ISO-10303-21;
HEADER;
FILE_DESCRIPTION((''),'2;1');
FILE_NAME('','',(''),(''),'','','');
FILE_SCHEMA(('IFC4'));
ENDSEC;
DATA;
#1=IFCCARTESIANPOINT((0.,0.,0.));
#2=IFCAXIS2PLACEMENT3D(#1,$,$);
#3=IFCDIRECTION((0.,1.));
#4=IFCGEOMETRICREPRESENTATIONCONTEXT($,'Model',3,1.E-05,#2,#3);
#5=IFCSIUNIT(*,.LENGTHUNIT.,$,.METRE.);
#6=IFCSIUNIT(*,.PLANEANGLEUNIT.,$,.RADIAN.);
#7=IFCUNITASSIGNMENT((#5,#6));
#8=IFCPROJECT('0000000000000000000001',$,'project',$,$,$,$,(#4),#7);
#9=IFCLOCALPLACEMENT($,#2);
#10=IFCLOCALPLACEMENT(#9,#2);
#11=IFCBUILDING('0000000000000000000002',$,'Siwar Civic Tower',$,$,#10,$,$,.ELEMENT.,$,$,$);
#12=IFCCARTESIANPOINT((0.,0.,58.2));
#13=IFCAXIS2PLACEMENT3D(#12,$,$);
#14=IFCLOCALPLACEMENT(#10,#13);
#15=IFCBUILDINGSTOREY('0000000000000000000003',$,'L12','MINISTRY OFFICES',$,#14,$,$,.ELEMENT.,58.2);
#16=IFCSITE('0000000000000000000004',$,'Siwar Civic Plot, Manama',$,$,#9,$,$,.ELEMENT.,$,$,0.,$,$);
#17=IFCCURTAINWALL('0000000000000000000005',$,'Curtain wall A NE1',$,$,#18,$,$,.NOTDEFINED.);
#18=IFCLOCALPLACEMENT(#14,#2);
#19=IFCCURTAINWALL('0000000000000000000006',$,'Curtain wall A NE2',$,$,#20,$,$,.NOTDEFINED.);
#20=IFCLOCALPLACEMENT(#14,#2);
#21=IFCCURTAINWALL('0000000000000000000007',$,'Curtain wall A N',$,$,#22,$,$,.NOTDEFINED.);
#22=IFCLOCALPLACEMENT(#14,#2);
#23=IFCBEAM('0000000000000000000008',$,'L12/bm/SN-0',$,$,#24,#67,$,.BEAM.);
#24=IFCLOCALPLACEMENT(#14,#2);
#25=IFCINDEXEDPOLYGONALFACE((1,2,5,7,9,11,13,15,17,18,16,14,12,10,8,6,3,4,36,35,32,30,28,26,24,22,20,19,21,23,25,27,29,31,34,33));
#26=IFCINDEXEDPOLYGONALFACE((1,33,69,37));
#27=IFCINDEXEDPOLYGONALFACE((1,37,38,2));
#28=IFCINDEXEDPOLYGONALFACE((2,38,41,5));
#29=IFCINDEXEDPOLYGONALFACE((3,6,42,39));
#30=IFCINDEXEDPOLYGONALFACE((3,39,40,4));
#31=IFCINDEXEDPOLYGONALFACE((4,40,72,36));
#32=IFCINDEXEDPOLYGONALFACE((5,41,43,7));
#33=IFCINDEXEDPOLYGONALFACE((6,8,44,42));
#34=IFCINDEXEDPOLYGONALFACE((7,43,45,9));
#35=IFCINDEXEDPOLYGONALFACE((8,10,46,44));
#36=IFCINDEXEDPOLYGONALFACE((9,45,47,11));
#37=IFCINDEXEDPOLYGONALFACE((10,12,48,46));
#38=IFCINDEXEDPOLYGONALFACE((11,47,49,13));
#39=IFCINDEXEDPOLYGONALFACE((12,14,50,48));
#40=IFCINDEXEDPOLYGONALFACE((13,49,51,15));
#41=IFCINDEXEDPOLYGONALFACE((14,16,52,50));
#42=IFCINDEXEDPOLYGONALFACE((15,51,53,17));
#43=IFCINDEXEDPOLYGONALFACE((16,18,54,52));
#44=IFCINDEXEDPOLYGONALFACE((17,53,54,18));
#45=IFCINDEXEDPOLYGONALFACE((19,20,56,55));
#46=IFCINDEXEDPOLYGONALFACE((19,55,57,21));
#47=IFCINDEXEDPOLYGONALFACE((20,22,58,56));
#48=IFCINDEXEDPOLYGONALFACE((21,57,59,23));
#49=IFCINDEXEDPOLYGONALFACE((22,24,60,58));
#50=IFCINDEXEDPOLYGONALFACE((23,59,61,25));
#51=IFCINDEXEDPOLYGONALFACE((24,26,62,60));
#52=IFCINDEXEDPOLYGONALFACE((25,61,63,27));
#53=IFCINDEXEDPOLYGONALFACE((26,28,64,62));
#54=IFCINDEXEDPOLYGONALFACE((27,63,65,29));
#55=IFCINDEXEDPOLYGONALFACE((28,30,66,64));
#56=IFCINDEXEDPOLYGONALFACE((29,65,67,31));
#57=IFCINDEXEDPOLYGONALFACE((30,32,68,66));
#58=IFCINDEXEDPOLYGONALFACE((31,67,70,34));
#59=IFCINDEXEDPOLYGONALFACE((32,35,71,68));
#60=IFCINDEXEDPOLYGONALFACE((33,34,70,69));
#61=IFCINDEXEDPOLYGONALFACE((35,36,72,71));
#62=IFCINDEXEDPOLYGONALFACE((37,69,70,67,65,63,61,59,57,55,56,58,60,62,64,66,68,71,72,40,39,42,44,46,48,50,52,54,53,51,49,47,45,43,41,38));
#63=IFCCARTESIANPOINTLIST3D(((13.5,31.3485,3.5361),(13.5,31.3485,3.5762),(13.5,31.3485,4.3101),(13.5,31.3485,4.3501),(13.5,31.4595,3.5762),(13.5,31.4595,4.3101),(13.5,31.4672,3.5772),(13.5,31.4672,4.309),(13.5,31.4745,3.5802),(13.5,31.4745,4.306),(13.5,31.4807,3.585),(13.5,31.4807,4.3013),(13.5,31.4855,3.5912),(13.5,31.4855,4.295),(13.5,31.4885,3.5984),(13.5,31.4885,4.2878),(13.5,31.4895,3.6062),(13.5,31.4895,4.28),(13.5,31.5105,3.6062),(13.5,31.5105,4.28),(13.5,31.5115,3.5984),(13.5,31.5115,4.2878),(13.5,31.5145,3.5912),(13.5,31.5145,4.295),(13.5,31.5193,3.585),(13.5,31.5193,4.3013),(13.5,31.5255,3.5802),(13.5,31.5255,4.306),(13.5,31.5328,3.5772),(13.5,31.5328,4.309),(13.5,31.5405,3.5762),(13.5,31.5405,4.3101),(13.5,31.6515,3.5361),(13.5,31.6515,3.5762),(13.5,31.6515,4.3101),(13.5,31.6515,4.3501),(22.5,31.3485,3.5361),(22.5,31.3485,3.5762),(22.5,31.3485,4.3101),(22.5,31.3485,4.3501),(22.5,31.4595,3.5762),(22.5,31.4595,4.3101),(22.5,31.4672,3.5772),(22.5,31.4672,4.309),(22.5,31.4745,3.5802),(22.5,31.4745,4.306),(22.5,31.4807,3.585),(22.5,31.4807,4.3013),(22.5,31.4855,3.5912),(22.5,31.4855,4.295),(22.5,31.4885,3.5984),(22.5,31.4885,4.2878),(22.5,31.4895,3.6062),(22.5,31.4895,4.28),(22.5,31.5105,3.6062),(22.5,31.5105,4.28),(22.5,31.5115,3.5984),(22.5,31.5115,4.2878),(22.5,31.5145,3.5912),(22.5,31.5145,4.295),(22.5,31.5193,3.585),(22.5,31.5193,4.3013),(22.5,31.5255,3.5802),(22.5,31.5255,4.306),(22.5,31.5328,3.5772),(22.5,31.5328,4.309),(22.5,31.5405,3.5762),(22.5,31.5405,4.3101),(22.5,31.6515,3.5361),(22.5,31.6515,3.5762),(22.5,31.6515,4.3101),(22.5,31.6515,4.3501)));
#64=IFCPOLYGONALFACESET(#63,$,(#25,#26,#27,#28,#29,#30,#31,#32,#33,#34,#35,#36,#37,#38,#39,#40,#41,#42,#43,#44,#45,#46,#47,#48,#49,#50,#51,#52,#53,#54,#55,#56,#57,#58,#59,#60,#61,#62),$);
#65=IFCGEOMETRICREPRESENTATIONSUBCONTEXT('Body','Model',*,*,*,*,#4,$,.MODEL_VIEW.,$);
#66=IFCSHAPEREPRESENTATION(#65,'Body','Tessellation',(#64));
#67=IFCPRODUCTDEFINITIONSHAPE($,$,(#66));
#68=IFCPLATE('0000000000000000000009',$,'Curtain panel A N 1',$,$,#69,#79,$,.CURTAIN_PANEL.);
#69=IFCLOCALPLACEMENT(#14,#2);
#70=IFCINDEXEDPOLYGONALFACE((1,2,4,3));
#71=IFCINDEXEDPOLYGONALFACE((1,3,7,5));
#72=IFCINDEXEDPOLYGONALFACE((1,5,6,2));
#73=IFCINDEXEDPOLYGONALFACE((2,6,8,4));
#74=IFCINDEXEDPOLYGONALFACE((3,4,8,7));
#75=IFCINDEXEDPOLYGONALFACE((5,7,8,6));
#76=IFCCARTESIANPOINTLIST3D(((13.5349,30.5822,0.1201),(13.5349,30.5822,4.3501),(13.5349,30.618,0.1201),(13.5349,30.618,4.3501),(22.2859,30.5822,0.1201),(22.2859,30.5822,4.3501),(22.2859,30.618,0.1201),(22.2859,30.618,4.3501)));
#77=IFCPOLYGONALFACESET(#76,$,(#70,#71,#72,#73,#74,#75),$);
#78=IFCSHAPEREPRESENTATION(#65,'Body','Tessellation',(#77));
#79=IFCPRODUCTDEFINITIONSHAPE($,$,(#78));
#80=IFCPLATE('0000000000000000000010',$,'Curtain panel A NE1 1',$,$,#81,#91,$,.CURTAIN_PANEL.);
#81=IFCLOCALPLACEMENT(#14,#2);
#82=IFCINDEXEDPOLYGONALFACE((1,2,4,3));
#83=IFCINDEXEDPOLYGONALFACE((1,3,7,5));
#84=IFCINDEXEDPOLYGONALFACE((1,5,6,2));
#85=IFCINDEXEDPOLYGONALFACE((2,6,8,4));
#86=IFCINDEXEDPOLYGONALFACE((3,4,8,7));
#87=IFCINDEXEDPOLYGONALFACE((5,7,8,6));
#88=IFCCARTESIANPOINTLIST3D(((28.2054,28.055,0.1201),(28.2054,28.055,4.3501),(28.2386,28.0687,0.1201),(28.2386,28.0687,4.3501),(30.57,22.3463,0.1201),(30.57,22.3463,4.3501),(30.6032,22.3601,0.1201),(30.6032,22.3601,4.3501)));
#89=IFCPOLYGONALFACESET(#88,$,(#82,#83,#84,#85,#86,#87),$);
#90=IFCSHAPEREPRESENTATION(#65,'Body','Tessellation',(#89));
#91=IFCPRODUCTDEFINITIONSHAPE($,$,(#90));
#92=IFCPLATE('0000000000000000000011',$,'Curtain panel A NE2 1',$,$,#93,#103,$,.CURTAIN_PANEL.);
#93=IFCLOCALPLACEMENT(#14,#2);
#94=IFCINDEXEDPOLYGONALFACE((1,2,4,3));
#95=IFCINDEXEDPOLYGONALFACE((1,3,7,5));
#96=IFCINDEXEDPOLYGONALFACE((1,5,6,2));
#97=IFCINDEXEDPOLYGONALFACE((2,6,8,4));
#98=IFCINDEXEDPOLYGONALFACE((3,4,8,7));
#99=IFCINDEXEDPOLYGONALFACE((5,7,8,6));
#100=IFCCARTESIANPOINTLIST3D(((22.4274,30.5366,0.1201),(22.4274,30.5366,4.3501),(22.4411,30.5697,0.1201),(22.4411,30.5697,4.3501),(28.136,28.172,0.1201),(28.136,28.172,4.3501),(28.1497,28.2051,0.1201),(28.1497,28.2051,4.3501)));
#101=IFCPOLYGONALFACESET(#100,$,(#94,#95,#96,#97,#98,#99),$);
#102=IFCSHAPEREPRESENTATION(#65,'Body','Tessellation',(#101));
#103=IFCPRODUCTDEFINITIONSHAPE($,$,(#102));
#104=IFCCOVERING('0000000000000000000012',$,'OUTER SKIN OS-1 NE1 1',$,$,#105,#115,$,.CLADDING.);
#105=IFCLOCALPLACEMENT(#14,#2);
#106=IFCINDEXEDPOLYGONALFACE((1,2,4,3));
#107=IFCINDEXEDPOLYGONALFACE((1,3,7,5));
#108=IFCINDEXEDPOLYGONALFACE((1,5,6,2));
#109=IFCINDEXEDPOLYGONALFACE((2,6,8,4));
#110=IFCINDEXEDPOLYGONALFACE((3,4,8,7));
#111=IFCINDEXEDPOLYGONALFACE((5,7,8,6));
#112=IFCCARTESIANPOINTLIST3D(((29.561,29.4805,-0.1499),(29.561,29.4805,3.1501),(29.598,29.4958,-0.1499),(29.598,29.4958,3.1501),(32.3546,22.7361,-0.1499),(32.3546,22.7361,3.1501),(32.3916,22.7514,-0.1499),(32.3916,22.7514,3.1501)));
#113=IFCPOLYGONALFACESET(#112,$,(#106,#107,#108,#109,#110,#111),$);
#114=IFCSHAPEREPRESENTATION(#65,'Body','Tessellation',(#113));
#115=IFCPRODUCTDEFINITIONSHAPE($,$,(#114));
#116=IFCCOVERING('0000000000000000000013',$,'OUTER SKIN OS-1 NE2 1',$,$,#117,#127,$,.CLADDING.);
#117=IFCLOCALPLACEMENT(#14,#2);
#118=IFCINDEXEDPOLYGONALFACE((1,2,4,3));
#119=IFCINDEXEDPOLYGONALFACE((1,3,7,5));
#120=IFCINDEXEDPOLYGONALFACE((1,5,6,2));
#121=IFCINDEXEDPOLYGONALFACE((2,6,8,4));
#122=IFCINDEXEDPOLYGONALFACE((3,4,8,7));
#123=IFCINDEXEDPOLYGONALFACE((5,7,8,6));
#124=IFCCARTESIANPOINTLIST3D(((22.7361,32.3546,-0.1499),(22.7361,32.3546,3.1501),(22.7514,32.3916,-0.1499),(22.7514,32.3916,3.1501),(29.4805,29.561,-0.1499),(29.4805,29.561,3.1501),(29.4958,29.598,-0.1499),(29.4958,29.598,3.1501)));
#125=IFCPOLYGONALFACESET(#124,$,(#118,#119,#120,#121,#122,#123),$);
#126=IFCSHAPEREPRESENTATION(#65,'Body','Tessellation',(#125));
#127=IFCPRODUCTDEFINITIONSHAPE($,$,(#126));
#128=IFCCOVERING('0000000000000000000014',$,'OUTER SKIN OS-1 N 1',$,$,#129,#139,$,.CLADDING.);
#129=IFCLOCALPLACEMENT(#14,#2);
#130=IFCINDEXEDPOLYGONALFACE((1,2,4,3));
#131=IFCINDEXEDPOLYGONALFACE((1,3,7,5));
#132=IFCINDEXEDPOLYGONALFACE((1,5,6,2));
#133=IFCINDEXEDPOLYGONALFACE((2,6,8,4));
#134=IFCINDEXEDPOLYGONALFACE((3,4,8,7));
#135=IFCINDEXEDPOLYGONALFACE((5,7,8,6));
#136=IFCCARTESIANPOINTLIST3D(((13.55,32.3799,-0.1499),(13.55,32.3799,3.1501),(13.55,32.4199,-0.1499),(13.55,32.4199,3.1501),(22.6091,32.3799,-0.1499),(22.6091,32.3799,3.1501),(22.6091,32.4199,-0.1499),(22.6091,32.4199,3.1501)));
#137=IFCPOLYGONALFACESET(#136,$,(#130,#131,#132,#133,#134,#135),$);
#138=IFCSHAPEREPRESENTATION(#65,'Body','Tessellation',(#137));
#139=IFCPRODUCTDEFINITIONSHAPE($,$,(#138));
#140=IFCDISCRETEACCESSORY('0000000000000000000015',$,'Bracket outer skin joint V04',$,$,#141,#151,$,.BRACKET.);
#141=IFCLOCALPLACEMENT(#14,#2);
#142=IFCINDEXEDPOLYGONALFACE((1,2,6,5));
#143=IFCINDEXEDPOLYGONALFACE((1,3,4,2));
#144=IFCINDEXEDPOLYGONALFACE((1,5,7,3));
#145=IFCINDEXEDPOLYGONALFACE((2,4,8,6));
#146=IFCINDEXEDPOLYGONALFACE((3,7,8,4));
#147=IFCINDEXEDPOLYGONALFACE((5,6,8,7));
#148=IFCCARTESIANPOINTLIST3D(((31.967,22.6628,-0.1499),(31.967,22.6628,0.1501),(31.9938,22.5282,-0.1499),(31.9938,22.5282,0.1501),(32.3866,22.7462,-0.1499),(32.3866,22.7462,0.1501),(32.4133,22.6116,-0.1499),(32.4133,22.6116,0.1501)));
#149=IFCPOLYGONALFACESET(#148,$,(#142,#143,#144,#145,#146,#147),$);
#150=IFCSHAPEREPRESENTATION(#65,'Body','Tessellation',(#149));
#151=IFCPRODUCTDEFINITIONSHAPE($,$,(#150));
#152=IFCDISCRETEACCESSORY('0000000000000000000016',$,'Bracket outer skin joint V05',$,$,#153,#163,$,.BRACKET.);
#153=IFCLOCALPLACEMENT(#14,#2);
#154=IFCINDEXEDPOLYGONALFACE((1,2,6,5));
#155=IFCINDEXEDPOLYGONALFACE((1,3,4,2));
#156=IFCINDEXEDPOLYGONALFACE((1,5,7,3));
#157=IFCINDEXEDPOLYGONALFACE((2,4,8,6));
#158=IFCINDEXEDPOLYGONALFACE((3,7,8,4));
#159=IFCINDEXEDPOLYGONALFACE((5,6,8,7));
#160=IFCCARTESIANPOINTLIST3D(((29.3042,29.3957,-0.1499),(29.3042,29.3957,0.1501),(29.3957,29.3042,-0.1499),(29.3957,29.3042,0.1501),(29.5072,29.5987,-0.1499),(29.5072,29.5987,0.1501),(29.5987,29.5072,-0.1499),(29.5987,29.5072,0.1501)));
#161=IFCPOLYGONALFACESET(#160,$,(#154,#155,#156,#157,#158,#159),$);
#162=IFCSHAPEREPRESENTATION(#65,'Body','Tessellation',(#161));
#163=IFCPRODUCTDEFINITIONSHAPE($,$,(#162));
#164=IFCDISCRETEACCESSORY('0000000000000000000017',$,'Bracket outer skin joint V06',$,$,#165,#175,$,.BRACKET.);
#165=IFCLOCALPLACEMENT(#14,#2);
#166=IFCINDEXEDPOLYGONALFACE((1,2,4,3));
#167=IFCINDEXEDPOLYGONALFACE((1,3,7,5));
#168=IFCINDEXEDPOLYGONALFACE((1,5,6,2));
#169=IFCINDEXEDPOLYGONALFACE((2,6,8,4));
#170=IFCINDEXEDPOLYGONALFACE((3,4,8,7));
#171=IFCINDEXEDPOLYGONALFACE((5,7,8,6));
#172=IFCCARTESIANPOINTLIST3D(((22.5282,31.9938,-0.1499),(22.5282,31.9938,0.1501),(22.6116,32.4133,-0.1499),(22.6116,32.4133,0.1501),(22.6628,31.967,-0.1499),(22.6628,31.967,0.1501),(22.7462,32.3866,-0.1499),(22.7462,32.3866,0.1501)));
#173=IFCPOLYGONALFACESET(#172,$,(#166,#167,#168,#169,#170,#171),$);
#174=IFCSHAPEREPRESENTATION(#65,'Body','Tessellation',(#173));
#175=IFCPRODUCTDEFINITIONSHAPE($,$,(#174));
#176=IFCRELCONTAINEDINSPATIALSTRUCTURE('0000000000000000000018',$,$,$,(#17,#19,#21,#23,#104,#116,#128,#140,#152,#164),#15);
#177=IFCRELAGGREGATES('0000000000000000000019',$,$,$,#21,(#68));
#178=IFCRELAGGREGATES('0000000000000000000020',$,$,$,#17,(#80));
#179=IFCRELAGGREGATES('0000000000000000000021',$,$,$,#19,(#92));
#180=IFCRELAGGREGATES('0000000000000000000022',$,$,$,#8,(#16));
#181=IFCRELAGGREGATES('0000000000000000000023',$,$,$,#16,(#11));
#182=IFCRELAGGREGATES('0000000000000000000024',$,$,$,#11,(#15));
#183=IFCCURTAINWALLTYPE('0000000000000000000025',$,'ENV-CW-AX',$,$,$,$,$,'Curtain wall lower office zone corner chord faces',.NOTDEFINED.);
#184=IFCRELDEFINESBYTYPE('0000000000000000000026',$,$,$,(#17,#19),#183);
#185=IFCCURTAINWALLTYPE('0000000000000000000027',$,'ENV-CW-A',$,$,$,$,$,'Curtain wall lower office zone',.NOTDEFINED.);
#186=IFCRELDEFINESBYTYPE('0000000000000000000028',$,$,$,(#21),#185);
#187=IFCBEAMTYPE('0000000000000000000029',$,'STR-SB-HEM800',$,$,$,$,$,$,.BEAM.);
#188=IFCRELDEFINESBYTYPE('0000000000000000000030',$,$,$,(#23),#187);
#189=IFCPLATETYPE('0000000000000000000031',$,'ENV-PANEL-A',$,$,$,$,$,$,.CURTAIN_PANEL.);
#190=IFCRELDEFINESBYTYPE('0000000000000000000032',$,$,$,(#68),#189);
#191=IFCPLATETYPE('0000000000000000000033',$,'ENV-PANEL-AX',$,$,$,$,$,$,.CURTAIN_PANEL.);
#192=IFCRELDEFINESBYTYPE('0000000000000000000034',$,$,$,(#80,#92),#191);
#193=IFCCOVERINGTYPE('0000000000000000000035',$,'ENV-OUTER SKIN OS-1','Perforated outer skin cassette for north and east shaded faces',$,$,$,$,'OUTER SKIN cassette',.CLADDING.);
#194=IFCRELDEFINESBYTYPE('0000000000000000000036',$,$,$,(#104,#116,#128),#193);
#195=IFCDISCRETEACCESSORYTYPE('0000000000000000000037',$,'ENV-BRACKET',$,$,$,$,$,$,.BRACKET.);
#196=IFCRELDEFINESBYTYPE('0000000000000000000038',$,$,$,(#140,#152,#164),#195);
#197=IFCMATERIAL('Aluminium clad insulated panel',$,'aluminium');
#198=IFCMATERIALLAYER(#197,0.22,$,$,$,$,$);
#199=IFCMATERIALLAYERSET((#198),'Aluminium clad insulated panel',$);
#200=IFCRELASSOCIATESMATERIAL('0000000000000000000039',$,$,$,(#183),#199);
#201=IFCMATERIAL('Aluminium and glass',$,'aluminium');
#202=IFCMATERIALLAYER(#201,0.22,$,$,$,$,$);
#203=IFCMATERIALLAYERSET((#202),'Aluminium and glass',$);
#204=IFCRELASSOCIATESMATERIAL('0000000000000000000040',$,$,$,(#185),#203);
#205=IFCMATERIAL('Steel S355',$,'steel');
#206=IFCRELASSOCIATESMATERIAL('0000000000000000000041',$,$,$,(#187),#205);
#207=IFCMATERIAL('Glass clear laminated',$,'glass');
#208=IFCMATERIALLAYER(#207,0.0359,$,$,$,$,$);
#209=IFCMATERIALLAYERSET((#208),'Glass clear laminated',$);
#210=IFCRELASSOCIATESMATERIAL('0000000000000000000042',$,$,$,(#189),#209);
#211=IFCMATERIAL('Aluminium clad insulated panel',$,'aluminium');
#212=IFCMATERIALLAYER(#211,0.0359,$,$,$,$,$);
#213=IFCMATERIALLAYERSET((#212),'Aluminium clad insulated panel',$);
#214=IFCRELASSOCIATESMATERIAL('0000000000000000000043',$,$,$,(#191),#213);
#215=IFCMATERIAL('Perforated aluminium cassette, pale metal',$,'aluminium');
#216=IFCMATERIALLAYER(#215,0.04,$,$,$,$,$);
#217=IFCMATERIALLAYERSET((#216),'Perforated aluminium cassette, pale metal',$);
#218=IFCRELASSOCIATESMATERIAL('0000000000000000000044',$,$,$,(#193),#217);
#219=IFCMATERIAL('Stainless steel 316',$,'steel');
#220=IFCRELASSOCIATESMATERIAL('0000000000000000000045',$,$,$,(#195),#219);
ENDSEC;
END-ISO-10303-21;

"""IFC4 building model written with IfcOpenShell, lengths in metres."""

from ifc_helpers import new_model, si_unit, direction, frame, origin, origin_2d, place, context, subcontext, project, spatial, rectangle, i_section, extrude, material, layer, layer_set, material_profile, profile_set, type_object, element, aggregate, save


model = new_model("IFC4")

# Units and contexts
model_context = context("Model", 3, precision=1e-05, world=origin(), true_north=direction((0.0, 1.0)))
body_context = subcontext(model_context, "Body", "Model", "MODEL_VIEW")
ifc_project = project(units=[si_unit("LENGTHUNIT", "METRE"), si_unit("PLANEANGLEUNIT", "RADIAN")], contexts=[model_context])

# Site, building, storey
site_placement = place(None, origin())
site = spatial("IfcSite", under=ifc_project, at=site_placement, Name="Siwar Civic Plot, Manama", CompositionType="ELEMENT", RefElevation=0.0)
building_placement = place(site_placement, origin())
building = spatial("IfcBuilding", under=site, at=building_placement, Name="Siwar Civic Tower", CompositionType="ELEMENT")
storey_placement = place(building_placement, frame((0.0, 0.0, 58.2)))
storey = spatial("IfcBuildingStorey", under=building, at=storey_placement, Name="L12", Description="MINISTRY OFFICES", CompositionType="ELEMENT", Elevation=58.2)

# Curtain walls
ifc_material_1 = material(Name="Aluminium clad insulated panel", Category="aluminium")
ifc_layer_1 = layer(ifc_material_1, 0.22)
ifc_layer_set_1 = layer_set([ifc_layer_1], Name="Aluminium clad insulated panel")
curtain_wall_type_1 = type_object("IfcCurtainWallType", Name="ENV-CW-AX", ElementType="Curtain wall lower office zone corner chord faces", PredefinedType="NOTDEFINED", material=ifc_layer_set_1)
curtain_wall_1_placement = place(storey_placement, origin())
curtain_wall_1 = element("IfcCurtainWall", 1, at=curtain_wall_1_placement, inside=storey, type_object=curtain_wall_type_1, Name="Curtain wall A NE1", PredefinedType="NOTDEFINED")
curtain_wall_2_placement = place(storey_placement, origin())
curtain_wall_2 = element("IfcCurtainWall", 2, at=curtain_wall_2_placement, inside=storey, type_object=curtain_wall_type_1, Name="Curtain wall A NE2", PredefinedType="NOTDEFINED")
ifc_material_2 = material(Name="Aluminium and glass", Category="aluminium")
ifc_layer_2 = layer(ifc_material_2, 0.22)
ifc_layer_set_2 = layer_set([ifc_layer_2], Name="Aluminium and glass")
curtain_wall_type_2 = type_object("IfcCurtainWallType", Name="ENV-CW-A", ElementType="Curtain wall lower office zone", PredefinedType="NOTDEFINED", material=ifc_layer_set_2)
curtain_wall_3_placement = place(storey_placement, origin())
curtain_wall_3 = element("IfcCurtainWall", 3, at=curtain_wall_3_placement, inside=storey, type_object=curtain_wall_type_2, Name="Curtain wall A N", PredefinedType="NOTDEFINED")

# Beam
ifc_material_3 = material(Name="Steel S355", Category="steel")
ifc_material_profile_1 = material_profile(ifc_material_3, i_section(OverallWidth=0.303, OverallDepth=0.814, WebThickness=0.021, FlangeThickness=0.04, FilletRadius=0.03, at=origin_2d()), Name="HEM800")
ifc_profile_set_1 = profile_set([ifc_material_profile_1], Name="Steel S355")
beam_type_1 = type_object("IfcBeamType", Name="STR-SB-HEM800", PredefinedType="BEAM", material=ifc_profile_set_1)
beam_1_placement = place(storey_placement, frame((22.5, 31.5, 3.9431), z_axis=(-1.0, 0.0, 0.0), x_axis=(0.0, -1.0, 0.0)))
element("IfcBeam", 4, at=beam_1_placement, inside=storey, type_object=beam_type_1, Name="L12/bm/SN-0", PredefinedType="BEAM", context=body_context, shape_type="SweptSolid", body=[
    extrude(i_section(OverallWidth=0.303, OverallDepth=0.814, WebThickness=0.021, FlangeThickness=0.04, FilletRadius=0.03, at=origin_2d()), origin(), (0.0, 0.0, 1.0), 9.0),
])

# Plates
ifc_material_4 = material(Name="Glass clear laminated", Category="glass")
ifc_layer_3 = layer(ifc_material_4, 0.0359)
ifc_layer_set_3 = layer_set([ifc_layer_3], Name="Glass clear laminated")
plate_type_1 = type_object("IfcPlateType", Name="ENV-PANEL-A", PredefinedType="CURTAIN_PANEL", material=ifc_layer_set_3)
plate_1_placement = place(storey_placement, frame((17.9104, 30.6001, 0.1201), z_axis=(0.0, 0.0, 1.0), x_axis=(-1.0, 0.0, 0.0)))
plate_1 = element("IfcPlate", 5, at=plate_1_placement, type_object=plate_type_1, Name="Curtain panel A N 1", PredefinedType="CURTAIN_PANEL", context=body_context, shape_type="SweptSolid", body=[
    extrude(rectangle(XDim=8.751, YDim=0.0359, at=origin_2d()), origin(), (0.0, 0.0, 1.0), 4.23),
])
aggregate(curtain_wall_3, [plate_1])
ifc_material_5 = material(Name="Aluminium clad insulated panel", Category="aluminium")
ifc_layer_4 = layer(ifc_material_5, 0.0359)
ifc_layer_set_4 = layer_set([ifc_layer_4], Name="Aluminium clad insulated panel")
plate_type_2 = type_object("IfcPlateType", Name="ENV-PANEL-AX", PredefinedType="CURTAIN_PANEL", material=ifc_layer_set_4)
plate_2_placement = place(storey_placement, frame((29.4043, 25.2075, 0.1201), z_axis=(0.0, 0.0, 1.0), x_axis=(-0.382683, 0.92388, 0.0)))
plate_2 = element("IfcPlate", 6, at=plate_2_placement, type_object=plate_type_2, Name="Curtain panel A NE1 1", PredefinedType="CURTAIN_PANEL", context=body_context, shape_type="SweptSolid", body=[
    extrude(rectangle(XDim=6.179, YDim=0.0359, at=origin_2d()), origin(), (0.0, 0.0, 1.0), 4.23),
])
aggregate(curtain_wall_1, [plate_2])
plate_3_placement = place(storey_placement, frame((25.2886, 29.3708, 0.1201), z_axis=(0.0, 0.0, 1.0), x_axis=(-0.92388, 0.382683, 0.0)))
plate_3 = element("IfcPlate", 7, at=plate_3_placement, type_object=plate_type_2, Name="Curtain panel A NE2 1", PredefinedType="CURTAIN_PANEL", context=body_context, shape_type="SweptSolid", body=[
    extrude(rectangle(XDim=6.179, YDim=0.0359, at=origin_2d()), origin(), (0.0, 0.0, 1.0), 4.23),
])
aggregate(curtain_wall_2, [plate_3])

# Coverings
ifc_material_6 = material(Name="Perforated aluminium cassette, pale metal", Category="aluminium")
ifc_layer_5 = layer(ifc_material_6, 0.04)
ifc_layer_set_5 = layer_set([ifc_layer_5], Name="Perforated aluminium cassette, pale metal")
covering_type = type_object("IfcCoveringType", Name="ENV-OUTER SKIN OS-1", Description="Perforated outer skin cassette for north and east shaded faces", ElementType="OUTER SKIN cassette", PredefinedType="CLADDING", material=ifc_layer_set_5)
for number, where, z_axis, x_axis, name in (
    (8, (30.9763, 26.116, -0.1499), (0.0, 0.0, 1.0), (-0.382683, 0.92388, 0.0), "OUTER SKIN OS-1 NE1 1"),
    (9, (26.116, 30.9763, -0.1499), (0.0, 0.0, 1.0), (-0.92388, 0.382683, 0.0), "OUTER SKIN OS-1 NE2 1"),
):
    element("IfcCovering", number, at=place(storey_placement, frame(where, z_axis=z_axis, x_axis=x_axis)), inside=storey, type_object=covering_type, Name=name, PredefinedType="CLADDING", context=body_context, shape_type="SweptSolid", body=[
        extrude(rectangle(XDim=7.3, YDim=0.04, at=origin_2d()), origin(), (0.0, 0.0, 1.0), 3.3),
    ])
covering_placement = place(storey_placement, frame((18.0796, 32.3999, -0.1499), z_axis=(0.0, 0.0, 1.0), x_axis=(-1.0, 0.0, 0.0)))
element("IfcCovering", 10, at=covering_placement, inside=storey, type_object=covering_type, Name="OUTER SKIN OS-1 N 1", PredefinedType="CLADDING", context=body_context, shape_type="SweptSolid", body=[
    extrude(rectangle(XDim=9.0591, YDim=0.04, at=origin_2d()), origin(), (0.0, 0.0, 1.0), 3.3),
])

# Discrete accessories
ifc_material_7 = material(Name="Stainless steel 316", Category="steel")
discrete_accessory_type = type_object("IfcDiscreteAccessoryType", Name="ENV-BRACKET", PredefinedType="BRACKET", material=ifc_material_7)
discrete_accessory_1_placement = place(storey_placement, frame((32.1902, 22.6372, -0.1499), z_axis=(0.0, 0.0, 1.0), x_axis=(0.980785, 0.19509, 0.0)))
element("IfcDiscreteAccessory", 11, at=discrete_accessory_1_placement, inside=storey, type_object=discrete_accessory_type, Name="Bracket outer skin joint V04", PredefinedType="BRACKET", context=body_context, shape_type="SweptSolid", body=[
    extrude(rectangle(XDim=0.4277, YDim=0.1372, at=origin_2d()), origin(), (0.0, 0.0, 1.0), 0.3),
])
discrete_accessory_2_placement = place(storey_placement, frame((29.4514, 29.4514, -0.1499), z_axis=(0.0, 0.0, 1.0), x_axis=(0.707107, 0.707107, 0.0)))
element("IfcDiscreteAccessory", 12, at=discrete_accessory_2_placement, inside=storey, type_object=discrete_accessory_type, Name="Bracket outer skin joint V05", PredefinedType="BRACKET", context=body_context, shape_type="SweptSolid", body=[
    extrude(rectangle(XDim=0.2871, YDim=0.1294, at=origin_2d()), origin(), (0.0, 0.0, 1.0), 0.3),
])
discrete_accessory_3_placement = place(storey_placement, frame((22.6372, 32.1902, -0.1499), z_axis=(0.0, 0.0, 1.0), x_axis=(0.19509, 0.980785, 0.0)))
element("IfcDiscreteAccessory", 13, at=discrete_accessory_3_placement, inside=storey, type_object=discrete_accessory_type, Name="Bracket outer skin joint V06", PredefinedType="BRACKET", context=body_context, shape_type="SweptSolid", body=[
    extrude(rectangle(XDim=0.4277, YDim=0.1372, at=origin_2d()), origin(), (0.0, 0.0, 1.0), 0.3),
])

save(model, "model.ifc")
